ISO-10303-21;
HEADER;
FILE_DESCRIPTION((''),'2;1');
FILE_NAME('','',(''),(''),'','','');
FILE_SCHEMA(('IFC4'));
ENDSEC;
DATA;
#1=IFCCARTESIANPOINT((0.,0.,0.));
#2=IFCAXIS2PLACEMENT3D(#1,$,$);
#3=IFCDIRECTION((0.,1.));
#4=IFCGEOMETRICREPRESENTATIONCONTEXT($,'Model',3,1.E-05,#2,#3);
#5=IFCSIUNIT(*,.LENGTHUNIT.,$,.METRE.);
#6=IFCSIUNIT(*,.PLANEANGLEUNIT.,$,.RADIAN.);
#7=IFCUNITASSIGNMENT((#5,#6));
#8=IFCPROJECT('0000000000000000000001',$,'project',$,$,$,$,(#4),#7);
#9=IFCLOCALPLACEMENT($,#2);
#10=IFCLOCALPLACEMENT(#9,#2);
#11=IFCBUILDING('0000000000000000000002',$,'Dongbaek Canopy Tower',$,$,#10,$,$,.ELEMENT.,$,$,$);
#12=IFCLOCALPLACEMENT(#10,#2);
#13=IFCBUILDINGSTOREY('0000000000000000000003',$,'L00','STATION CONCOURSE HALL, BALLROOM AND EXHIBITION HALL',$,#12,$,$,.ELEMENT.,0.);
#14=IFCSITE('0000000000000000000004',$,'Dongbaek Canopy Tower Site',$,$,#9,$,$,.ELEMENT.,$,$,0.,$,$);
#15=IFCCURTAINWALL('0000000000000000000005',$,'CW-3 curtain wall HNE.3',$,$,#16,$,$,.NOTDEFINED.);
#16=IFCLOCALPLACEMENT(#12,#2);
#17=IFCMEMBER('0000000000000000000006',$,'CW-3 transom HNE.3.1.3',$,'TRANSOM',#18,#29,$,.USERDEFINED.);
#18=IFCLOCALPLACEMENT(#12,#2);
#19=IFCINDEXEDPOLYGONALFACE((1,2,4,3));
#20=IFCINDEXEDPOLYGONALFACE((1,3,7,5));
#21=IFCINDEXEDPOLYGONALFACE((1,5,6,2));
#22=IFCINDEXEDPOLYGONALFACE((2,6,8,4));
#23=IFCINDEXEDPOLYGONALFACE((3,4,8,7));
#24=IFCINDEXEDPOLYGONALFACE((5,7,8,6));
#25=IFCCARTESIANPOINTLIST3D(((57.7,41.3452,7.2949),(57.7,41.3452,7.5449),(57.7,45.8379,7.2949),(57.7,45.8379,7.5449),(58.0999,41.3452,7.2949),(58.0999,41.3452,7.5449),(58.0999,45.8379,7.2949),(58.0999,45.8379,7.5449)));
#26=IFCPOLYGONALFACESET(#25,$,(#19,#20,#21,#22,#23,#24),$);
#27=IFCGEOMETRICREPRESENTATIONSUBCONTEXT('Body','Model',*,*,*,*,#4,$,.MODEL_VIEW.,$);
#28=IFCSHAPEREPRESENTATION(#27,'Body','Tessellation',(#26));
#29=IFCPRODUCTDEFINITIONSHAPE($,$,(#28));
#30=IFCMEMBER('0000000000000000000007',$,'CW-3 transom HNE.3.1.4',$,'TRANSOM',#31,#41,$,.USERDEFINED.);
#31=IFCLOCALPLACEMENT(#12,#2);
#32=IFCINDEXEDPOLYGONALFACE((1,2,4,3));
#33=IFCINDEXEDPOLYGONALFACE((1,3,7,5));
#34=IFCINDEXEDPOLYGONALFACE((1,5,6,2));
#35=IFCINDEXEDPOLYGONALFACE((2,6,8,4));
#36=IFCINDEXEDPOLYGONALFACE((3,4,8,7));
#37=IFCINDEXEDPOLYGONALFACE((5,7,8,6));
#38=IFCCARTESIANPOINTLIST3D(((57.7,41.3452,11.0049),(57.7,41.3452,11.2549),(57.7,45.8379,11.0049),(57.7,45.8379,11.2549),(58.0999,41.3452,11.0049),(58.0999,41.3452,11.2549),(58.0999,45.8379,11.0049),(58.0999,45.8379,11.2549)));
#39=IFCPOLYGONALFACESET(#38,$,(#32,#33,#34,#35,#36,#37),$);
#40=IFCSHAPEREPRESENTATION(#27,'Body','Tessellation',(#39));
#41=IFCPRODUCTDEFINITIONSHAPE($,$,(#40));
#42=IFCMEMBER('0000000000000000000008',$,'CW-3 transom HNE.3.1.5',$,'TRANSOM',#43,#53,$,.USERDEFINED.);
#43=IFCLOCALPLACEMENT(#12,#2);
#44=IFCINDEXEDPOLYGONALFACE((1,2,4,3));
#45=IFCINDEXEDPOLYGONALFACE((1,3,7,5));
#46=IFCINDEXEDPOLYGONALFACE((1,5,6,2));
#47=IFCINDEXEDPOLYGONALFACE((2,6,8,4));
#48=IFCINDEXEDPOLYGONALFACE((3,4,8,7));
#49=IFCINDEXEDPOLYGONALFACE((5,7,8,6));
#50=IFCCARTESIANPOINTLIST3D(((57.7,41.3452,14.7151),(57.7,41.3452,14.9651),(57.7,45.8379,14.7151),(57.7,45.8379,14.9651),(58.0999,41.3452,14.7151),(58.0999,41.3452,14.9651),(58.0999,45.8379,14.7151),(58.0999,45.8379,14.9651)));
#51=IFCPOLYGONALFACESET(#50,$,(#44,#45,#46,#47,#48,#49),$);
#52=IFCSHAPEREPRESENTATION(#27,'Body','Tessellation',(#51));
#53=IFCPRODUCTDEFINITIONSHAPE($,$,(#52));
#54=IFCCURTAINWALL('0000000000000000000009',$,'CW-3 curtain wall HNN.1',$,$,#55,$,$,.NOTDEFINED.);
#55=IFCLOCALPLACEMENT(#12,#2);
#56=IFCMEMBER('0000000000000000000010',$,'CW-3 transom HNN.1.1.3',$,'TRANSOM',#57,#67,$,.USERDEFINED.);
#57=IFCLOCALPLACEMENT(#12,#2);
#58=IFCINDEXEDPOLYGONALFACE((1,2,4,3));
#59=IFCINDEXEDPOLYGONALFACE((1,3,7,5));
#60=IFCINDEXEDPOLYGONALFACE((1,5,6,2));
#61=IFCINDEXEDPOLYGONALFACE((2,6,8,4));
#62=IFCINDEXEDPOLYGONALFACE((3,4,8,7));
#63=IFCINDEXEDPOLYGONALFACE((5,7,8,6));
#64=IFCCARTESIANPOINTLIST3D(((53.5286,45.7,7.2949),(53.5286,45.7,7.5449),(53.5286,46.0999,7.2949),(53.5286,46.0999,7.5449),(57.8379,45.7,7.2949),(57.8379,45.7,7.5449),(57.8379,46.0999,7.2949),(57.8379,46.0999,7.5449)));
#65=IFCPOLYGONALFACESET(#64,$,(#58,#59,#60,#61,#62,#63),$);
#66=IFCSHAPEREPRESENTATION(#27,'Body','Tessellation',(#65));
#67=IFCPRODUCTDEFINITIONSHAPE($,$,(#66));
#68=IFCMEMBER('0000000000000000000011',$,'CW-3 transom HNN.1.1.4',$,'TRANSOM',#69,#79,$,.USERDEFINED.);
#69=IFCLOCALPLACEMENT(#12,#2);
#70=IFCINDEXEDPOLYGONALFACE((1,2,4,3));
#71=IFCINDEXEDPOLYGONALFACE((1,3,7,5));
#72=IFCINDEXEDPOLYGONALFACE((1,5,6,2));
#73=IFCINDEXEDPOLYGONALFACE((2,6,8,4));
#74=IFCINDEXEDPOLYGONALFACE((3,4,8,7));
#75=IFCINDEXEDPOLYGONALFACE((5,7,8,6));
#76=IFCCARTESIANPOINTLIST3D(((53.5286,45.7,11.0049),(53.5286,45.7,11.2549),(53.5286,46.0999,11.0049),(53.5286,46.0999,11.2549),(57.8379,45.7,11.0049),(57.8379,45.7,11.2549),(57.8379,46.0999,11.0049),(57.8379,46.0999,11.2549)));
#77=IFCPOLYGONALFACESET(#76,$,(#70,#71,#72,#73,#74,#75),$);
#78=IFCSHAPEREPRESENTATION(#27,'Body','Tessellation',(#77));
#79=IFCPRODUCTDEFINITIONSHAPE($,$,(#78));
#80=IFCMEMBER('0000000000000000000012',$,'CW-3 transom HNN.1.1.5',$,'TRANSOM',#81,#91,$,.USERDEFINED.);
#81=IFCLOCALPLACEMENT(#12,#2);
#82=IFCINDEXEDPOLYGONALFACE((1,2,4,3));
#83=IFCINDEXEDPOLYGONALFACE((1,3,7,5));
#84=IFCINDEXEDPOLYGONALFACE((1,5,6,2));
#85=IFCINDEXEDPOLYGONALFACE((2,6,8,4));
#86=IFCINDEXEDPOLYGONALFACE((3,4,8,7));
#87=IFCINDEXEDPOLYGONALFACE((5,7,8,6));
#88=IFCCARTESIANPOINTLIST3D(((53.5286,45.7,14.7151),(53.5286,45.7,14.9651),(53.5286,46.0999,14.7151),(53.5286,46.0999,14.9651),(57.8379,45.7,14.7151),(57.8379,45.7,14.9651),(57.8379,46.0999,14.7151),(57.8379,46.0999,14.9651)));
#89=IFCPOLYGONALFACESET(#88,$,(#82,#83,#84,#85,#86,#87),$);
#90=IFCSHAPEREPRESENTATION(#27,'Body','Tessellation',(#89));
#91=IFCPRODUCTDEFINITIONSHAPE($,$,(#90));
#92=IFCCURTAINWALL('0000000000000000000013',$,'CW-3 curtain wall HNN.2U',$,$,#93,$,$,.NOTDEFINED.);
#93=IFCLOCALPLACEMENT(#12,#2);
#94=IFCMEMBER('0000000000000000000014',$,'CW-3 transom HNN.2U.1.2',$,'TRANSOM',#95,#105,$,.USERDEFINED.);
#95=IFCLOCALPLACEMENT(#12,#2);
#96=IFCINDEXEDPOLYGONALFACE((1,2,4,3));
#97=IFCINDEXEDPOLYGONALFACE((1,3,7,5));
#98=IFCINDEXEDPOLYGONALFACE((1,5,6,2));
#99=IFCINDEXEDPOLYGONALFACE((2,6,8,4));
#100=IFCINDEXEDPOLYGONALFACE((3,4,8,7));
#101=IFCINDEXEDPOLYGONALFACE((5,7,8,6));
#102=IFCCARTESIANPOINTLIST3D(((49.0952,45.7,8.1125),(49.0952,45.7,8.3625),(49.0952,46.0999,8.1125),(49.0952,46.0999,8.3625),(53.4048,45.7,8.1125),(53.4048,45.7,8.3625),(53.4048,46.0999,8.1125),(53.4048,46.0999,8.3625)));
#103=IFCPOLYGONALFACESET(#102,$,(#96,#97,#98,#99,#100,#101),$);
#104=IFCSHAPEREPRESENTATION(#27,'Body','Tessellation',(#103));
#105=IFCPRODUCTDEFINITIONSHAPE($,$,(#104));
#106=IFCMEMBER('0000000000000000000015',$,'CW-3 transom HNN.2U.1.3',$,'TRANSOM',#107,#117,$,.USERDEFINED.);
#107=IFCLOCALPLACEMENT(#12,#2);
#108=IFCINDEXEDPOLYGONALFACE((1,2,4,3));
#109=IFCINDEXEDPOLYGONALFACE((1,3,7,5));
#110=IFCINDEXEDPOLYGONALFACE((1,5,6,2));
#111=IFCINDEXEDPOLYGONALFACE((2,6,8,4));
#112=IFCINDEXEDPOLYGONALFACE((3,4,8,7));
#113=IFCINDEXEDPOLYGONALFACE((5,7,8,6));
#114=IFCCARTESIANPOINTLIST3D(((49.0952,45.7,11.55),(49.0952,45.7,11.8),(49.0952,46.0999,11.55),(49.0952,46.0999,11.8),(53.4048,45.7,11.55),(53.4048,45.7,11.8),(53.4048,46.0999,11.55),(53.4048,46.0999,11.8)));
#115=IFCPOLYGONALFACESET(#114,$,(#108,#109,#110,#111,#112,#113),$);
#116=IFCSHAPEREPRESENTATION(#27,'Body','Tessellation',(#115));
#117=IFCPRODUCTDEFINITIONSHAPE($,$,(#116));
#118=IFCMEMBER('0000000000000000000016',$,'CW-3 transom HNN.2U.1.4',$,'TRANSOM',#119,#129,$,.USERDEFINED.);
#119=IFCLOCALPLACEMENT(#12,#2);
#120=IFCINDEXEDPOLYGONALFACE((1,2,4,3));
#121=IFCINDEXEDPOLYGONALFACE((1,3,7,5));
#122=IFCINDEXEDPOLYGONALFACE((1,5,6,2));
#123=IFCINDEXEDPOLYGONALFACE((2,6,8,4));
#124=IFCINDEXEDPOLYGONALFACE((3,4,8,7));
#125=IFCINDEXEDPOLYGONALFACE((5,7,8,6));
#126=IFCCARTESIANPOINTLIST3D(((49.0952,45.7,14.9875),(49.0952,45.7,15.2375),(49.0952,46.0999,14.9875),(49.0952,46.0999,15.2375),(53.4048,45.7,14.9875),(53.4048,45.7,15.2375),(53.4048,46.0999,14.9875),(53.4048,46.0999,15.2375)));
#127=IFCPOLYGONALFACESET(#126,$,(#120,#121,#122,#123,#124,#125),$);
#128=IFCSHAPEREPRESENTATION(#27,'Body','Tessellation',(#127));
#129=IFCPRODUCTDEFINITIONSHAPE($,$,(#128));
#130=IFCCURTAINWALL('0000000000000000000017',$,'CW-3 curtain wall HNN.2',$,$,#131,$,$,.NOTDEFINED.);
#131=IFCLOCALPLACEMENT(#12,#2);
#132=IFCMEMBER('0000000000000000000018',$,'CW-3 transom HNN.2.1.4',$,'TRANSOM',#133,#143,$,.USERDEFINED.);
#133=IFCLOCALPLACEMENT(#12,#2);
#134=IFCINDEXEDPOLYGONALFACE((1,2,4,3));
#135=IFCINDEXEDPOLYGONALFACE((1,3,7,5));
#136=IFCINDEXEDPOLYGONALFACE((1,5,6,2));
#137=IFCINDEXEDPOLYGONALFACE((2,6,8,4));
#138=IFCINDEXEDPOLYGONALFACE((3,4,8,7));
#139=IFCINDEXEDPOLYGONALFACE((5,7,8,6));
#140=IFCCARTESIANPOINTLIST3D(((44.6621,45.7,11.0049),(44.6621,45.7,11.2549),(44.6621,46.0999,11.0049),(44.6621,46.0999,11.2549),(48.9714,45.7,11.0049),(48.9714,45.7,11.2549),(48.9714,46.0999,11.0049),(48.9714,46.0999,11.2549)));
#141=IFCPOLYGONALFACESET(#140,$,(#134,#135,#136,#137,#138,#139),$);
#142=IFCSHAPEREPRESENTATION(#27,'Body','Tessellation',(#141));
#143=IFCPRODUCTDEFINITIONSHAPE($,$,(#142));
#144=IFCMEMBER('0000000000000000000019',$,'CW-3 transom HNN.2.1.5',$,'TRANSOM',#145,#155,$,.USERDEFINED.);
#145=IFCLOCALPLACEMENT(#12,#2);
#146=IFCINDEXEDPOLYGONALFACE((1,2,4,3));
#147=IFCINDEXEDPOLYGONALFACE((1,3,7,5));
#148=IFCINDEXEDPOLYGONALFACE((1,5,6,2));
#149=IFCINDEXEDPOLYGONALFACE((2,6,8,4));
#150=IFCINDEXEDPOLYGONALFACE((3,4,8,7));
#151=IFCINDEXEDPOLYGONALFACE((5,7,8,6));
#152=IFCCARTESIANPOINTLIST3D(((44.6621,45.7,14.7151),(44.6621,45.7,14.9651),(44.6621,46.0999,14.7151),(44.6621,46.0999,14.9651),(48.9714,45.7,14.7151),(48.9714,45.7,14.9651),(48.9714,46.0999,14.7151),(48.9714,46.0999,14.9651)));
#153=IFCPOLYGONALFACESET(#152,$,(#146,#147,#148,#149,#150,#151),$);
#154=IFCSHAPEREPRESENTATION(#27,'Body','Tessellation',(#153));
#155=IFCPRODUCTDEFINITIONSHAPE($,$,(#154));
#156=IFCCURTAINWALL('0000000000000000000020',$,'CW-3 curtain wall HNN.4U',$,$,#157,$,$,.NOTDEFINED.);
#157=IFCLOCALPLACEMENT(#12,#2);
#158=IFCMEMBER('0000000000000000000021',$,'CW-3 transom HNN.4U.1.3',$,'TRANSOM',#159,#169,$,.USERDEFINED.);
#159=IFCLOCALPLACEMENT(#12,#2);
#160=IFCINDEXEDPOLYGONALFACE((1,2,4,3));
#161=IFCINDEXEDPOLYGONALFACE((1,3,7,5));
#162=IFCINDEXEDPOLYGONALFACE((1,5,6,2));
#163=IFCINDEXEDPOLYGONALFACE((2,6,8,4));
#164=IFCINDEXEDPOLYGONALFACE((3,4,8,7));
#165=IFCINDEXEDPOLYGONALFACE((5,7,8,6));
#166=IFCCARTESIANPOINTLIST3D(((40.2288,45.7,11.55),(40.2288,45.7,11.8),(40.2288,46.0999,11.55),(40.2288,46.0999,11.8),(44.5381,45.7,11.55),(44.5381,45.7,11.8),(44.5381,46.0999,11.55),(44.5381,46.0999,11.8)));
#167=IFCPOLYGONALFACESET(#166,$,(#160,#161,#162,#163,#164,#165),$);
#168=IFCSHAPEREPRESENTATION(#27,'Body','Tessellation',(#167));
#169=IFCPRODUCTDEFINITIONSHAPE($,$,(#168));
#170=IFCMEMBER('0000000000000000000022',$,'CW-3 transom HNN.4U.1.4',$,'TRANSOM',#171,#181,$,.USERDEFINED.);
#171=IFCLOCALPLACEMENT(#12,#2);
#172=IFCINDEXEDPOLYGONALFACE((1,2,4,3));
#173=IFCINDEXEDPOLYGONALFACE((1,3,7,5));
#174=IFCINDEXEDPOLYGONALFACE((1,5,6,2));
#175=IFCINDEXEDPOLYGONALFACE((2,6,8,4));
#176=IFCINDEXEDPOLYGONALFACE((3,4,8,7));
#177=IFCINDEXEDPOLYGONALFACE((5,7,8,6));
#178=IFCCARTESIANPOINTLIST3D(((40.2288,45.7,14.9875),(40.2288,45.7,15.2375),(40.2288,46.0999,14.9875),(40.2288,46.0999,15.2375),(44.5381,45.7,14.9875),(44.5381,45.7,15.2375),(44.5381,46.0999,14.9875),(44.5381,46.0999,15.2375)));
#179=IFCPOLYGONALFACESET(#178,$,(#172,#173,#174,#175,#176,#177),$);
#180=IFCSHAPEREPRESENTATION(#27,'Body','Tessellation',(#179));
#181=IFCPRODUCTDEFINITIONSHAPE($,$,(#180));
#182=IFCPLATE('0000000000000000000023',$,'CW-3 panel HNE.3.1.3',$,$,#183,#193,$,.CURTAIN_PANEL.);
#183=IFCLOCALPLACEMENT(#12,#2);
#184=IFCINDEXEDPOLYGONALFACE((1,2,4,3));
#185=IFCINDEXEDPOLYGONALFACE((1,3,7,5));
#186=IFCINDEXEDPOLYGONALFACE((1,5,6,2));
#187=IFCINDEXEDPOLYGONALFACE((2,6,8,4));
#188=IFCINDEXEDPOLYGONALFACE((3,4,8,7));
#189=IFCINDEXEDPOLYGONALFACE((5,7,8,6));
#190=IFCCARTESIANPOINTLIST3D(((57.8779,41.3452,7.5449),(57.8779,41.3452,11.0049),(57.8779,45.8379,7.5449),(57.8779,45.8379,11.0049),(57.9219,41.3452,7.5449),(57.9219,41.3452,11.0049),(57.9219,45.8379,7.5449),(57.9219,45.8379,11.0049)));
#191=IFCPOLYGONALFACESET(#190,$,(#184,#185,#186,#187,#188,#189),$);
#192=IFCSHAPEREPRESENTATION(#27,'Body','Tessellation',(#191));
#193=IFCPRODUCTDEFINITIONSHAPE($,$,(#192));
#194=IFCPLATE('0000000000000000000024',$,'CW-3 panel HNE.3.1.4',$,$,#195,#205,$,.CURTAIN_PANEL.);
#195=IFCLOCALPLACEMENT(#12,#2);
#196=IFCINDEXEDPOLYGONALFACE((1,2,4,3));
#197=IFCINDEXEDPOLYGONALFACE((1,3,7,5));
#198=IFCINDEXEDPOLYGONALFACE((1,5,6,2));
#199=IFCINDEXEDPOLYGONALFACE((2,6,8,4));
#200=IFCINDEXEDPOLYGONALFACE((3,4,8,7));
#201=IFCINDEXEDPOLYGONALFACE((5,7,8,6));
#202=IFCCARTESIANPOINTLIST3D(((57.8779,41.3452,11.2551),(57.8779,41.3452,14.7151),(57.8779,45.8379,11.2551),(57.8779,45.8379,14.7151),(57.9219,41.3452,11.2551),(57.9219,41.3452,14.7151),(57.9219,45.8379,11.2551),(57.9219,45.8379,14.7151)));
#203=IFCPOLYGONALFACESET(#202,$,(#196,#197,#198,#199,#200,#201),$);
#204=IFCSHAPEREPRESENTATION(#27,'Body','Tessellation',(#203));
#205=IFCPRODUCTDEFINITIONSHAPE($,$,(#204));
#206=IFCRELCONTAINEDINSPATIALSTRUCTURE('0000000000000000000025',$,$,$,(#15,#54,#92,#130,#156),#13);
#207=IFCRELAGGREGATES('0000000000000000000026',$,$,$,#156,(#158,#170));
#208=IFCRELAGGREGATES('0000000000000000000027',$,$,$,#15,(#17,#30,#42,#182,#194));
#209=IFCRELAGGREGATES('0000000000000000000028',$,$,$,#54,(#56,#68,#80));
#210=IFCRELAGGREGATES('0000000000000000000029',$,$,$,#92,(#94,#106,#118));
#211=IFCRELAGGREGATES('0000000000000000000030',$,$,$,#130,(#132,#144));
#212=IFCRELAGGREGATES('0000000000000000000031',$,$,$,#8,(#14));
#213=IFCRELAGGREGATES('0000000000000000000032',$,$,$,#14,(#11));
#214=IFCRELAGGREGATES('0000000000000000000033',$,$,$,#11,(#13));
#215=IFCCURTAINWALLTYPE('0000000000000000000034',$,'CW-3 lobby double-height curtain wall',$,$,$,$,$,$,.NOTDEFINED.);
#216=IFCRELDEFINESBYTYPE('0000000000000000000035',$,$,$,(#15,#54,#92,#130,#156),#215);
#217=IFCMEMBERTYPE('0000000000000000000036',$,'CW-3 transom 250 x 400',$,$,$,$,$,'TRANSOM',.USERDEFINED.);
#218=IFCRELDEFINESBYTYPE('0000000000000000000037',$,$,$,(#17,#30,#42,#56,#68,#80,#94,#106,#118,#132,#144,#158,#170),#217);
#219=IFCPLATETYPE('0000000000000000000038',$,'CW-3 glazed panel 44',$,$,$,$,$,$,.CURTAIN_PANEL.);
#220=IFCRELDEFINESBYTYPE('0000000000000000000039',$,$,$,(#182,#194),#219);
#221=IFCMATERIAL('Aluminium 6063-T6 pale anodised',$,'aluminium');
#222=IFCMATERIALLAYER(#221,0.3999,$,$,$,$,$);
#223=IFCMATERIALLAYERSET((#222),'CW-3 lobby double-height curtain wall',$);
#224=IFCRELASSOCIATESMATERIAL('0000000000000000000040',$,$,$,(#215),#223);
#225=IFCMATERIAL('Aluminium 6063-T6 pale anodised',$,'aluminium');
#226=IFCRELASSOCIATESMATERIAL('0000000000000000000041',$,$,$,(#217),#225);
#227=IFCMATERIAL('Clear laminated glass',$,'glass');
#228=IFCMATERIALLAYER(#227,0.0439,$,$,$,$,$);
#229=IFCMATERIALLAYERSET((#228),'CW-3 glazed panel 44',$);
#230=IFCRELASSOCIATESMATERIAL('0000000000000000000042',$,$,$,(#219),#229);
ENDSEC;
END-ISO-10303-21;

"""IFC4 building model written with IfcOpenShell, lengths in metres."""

from ifc_helpers import new_model, si_unit, direction, frame, origin, origin_2d, place, context, subcontext, project, spatial, rectangle, extrude, material, layer, layer_set, material_profile, profile_set, type_object, element, aggregate, save


model = new_model("IFC4")

# Units and contexts
model_context = context("Model", 3, precision=1e-05, world=origin(), true_north=direction((0.0, 1.0)))
body_context = subcontext(model_context, "Body", "Model", "MODEL_VIEW")
ifc_project = project(units=[si_unit("LENGTHUNIT", "METRE"), si_unit("PLANEANGLEUNIT", "RADIAN")], contexts=[model_context])

# Site, building, storey
site_placement = place(None, origin())
site = spatial("IfcSite", under=ifc_project, at=site_placement, Name="Dongbaek Canopy Tower Site", CompositionType="ELEMENT", RefElevation=0.0)
building_placement = place(site_placement, origin())
building = spatial("IfcBuilding", under=site, at=building_placement, Name="Dongbaek Canopy Tower", CompositionType="ELEMENT")
storey_placement = place(building_placement, origin())
storey = spatial("IfcBuildingStorey", under=building, at=storey_placement, Name="L00", Description="STATION CONCOURSE HALL, BALLROOM AND EXHIBITION HALL", CompositionType="ELEMENT", Elevation=0.0)

# Curtain walls, members
ifc_material_1 = material(Name="Aluminium 6063-T6 pale anodised", Category="aluminium")
ifc_layer_1 = layer(ifc_material_1, 0.3999)
ifc_layer_set_1 = layer_set([ifc_layer_1], Name="CW-3 lobby double-height curtain wall")
curtain_wall_type = type_object("IfcCurtainWallType", Name="CW-3 lobby double-height curtain wall", PredefinedType="NOTDEFINED", material=ifc_layer_set_1)
curtain_wall_1_placement = place(storey_placement, origin())
curtain_wall_1 = element("IfcCurtainWall", 1, at=curtain_wall_1_placement, inside=storey, type_object=curtain_wall_type, Name="CW-3 curtain wall HNE.3", PredefinedType="NOTDEFINED")
ifc_material_2 = material(Name="Aluminium 6063-T6 pale anodised", Category="aluminium")
ifc_material_profile = material_profile(ifc_material_2, rectangle(XDim=0.3999, YDim=0.25, at=origin_2d()), Name="CW-3 transom 250 x 400")
ifc_profile_set = profile_set([ifc_material_profile], Name="Aluminium 6063-T6 pale anodised")
member_type = type_object("IfcMemberType", Name="CW-3 transom 250 x 400", ElementType="TRANSOM", PredefinedType="USERDEFINED", material=ifc_profile_set)
member_1_placement = place(storey_placement, frame((57.8999, 41.3452, 7.4199), z_axis=(0.0, 1.0, 0.0), x_axis=(-1.0, 0.0, 0.0)))
member_1 = element("IfcMember", 2, at=member_1_placement, type_object=member_type, Name="CW-3 transom HNE.3.1.3", ObjectType="TRANSOM", PredefinedType="USERDEFINED", context=body_context, shape_type="SweptSolid", body=[
    extrude(rectangle(XDim=0.3999, YDim=0.25, at=origin_2d()), origin(), (0.0, 0.0, 1.0), 4.4927),
])
member_2_placement = place(storey_placement, frame((57.8999, 41.3452, 11.1299), z_axis=(0.0, 1.0, 0.0), x_axis=(-1.0, 0.0, 0.0)))
member_2 = element("IfcMember", 3, at=member_2_placement, type_object=member_type, Name="CW-3 transom HNE.3.1.4", ObjectType="TRANSOM", PredefinedType="USERDEFINED", context=body_context, shape_type="SweptSolid", body=[
    extrude(rectangle(XDim=0.3999, YDim=0.25, at=origin_2d()), origin(), (0.0, 0.0, 1.0), 4.4927),
])
member_3_placement = place(storey_placement, frame((57.8999, 41.3452, 14.8401), z_axis=(0.0, 1.0, 0.0), x_axis=(-1.0, 0.0, 0.0)))
member_3 = element("IfcMember", 4, at=member_3_placement, type_object=member_type, Name="CW-3 transom HNE.3.1.5", ObjectType="TRANSOM", PredefinedType="USERDEFINED", context=body_context, shape_type="SweptSolid", body=[
    extrude(rectangle(XDim=0.3999, YDim=0.25, at=origin_2d()), origin(), (0.0, 0.0, 1.0), 4.4927),
])
curtain_wall_2_placement = place(storey_placement, origin())
curtain_wall_2 = element("IfcCurtainWall", 5, at=curtain_wall_2_placement, inside=storey, type_object=curtain_wall_type, Name="CW-3 curtain wall HNN.1", PredefinedType="NOTDEFINED")
member_4_placement = place(storey_placement, frame((57.8379, 45.8999, 7.4199), z_axis=(-1.0, 0.0, 0.0), x_axis=(0.0, -1.0, 0.0)))
member_4 = element("IfcMember", 6, at=member_4_placement, type_object=member_type, Name="CW-3 transom HNN.1.1.3", ObjectType="TRANSOM", PredefinedType="USERDEFINED", context=body_context, shape_type="SweptSolid", body=[
    extrude(rectangle(XDim=0.3999, YDim=0.25, at=origin_2d()), origin(), (0.0, 0.0, 1.0), 4.3093),
])
member_5_placement = place(storey_placement, frame((57.8379, 45.8999, 11.1299), z_axis=(-1.0, 0.0, 0.0), x_axis=(0.0, -1.0, 0.0)))
member_5 = element("IfcMember", 7, at=member_5_placement, type_object=member_type, Name="CW-3 transom HNN.1.1.4", ObjectType="TRANSOM", PredefinedType="USERDEFINED", context=body_context, shape_type="SweptSolid", body=[
    extrude(rectangle(XDim=0.3999, YDim=0.25, at=origin_2d()), origin(), (0.0, 0.0, 1.0), 4.3093),
])
member_6_placement = place(storey_placement, frame((57.8379, 45.8999, 14.8401), z_axis=(-1.0, 0.0, 0.0), x_axis=(0.0, -1.0, 0.0)))
member_6 = element("IfcMember", 8, at=member_6_placement, type_object=member_type, Name="CW-3 transom HNN.1.1.5", ObjectType="TRANSOM", PredefinedType="USERDEFINED", context=body_context, shape_type="SweptSolid", body=[
    extrude(rectangle(XDim=0.3999, YDim=0.25, at=origin_2d()), origin(), (0.0, 0.0, 1.0), 4.3093),
])
curtain_wall_3_placement = place(storey_placement, origin())
curtain_wall_3 = element("IfcCurtainWall", 9, at=curtain_wall_3_placement, inside=storey, type_object=curtain_wall_type, Name="CW-3 curtain wall HNN.2U", PredefinedType="NOTDEFINED")
member_7_placement = place(storey_placement, frame((53.4048, 45.8999, 8.2375), z_axis=(-1.0, 0.0, 0.0), x_axis=(0.0, -1.0, 0.0)))
member_7 = element("IfcMember", 10, at=member_7_placement, type_object=member_type, Name="CW-3 transom HNN.2U.1.2", ObjectType="TRANSOM", PredefinedType="USERDEFINED", context=body_context, shape_type="SweptSolid", body=[
    extrude(rectangle(XDim=0.3999, YDim=0.25, at=origin_2d()), origin(), (0.0, 0.0, 1.0), 4.3096),
])
member_8_placement = place(storey_placement, frame((53.4048, 45.8999, 11.675), z_axis=(-1.0, 0.0, 0.0), x_axis=(0.0, -1.0, 0.0)))
member_8 = element("IfcMember", 11, at=member_8_placement, type_object=member_type, Name="CW-3 transom HNN.2U.1.3", ObjectType="TRANSOM", PredefinedType="USERDEFINED", context=body_context, shape_type="SweptSolid", body=[
    extrude(rectangle(XDim=0.3999, YDim=0.25, at=origin_2d()), origin(), (0.0, 0.0, 1.0), 4.3096),
])
member_9_placement = place(storey_placement, frame((53.4048, 45.8999, 15.1125), z_axis=(-1.0, 0.0, 0.0), x_axis=(0.0, -1.0, 0.0)))
member_9 = element("IfcMember", 12, at=member_9_placement, type_object=member_type, Name="CW-3 transom HNN.2U.1.4", ObjectType="TRANSOM", PredefinedType="USERDEFINED", context=body_context, shape_type="SweptSolid", body=[
    extrude(rectangle(XDim=0.3999, YDim=0.25, at=origin_2d()), origin(), (0.0, 0.0, 1.0), 4.3096),
])
curtain_wall_4_placement = place(storey_placement, origin())
curtain_wall_4 = element("IfcCurtainWall", 13, at=curtain_wall_4_placement, inside=storey, type_object=curtain_wall_type, Name="CW-3 curtain wall HNN.2", PredefinedType="NOTDEFINED")
member_10_placement = place(storey_placement, frame((48.9714, 45.8999, 11.1299), z_axis=(-1.0, 0.0, 0.0), x_axis=(0.0, -1.0, 0.0)))
member_10 = element("IfcMember", 14, at=member_10_placement, type_object=member_type, Name="CW-3 transom HNN.2.1.4", ObjectType="TRANSOM", PredefinedType="USERDEFINED", context=body_context, shape_type="SweptSolid", body=[
    extrude(rectangle(XDim=0.3999, YDim=0.25, at=origin_2d()), origin(), (0.0, 0.0, 1.0), 4.3093),
])
member_11_placement = place(storey_placement, frame((48.9714, 45.8999, 14.8401), z_axis=(-1.0, 0.0, 0.0), x_axis=(0.0, -1.0, 0.0)))
member_11 = element("IfcMember", 15, at=member_11_placement, type_object=member_type, Name="CW-3 transom HNN.2.1.5", ObjectType="TRANSOM", PredefinedType="USERDEFINED", context=body_context, shape_type="SweptSolid", body=[
    extrude(rectangle(XDim=0.3999, YDim=0.25, at=origin_2d()), origin(), (0.0, 0.0, 1.0), 4.3093),
])
curtain_wall_5_placement = place(storey_placement, origin())
curtain_wall_5 = element("IfcCurtainWall", 16, at=curtain_wall_5_placement, inside=storey, type_object=curtain_wall_type, Name="CW-3 curtain wall HNN.4U", PredefinedType="NOTDEFINED")
member_12_placement = place(storey_placement, frame((44.5381, 45.8999, 11.675), z_axis=(-1.0, 0.0, 0.0), x_axis=(0.0, -1.0, 0.0)))
member_12 = element("IfcMember", 17, at=member_12_placement, type_object=member_type, Name="CW-3 transom HNN.4U.1.3", ObjectType="TRANSOM", PredefinedType="USERDEFINED", context=body_context, shape_type="SweptSolid", body=[
    extrude(rectangle(XDim=0.3999, YDim=0.25, at=origin_2d()), origin(), (0.0, 0.0, 1.0), 4.3093),
])
member_13_placement = place(storey_placement, frame((44.5381, 45.8999, 15.1125), z_axis=(-1.0, 0.0, 0.0), x_axis=(0.0, -1.0, 0.0)))
member_13 = element("IfcMember", 18, at=member_13_placement, type_object=member_type, Name="CW-3 transom HNN.4U.1.4", ObjectType="TRANSOM", PredefinedType="USERDEFINED", context=body_context, shape_type="SweptSolid", body=[
    extrude(rectangle(XDim=0.3999, YDim=0.25, at=origin_2d()), origin(), (0.0, 0.0, 1.0), 4.3093),
])
aggregate(curtain_wall_5, [member_12, member_13])

# Plates
ifc_material_3 = material(Name="Clear laminated glass", Category="glass")
ifc_layer_2 = layer(ifc_material_3, 0.0439)
ifc_layer_set_2 = layer_set([ifc_layer_2], Name="CW-3 glazed panel 44")
plate_type = type_object("IfcPlateType", Name="CW-3 glazed panel 44", PredefinedType="CURTAIN_PANEL", material=ifc_layer_set_2)
plate_1_placement = place(storey_placement, frame((57.8999, 43.5916, 7.5449), z_axis=(0.0, 0.0, 1.0), x_axis=(0.0, 1.0, 0.0)))
plate_1 = element("IfcPlate", 19, at=plate_1_placement, type_object=plate_type, Name="CW-3 panel HNE.3.1.3", PredefinedType="CURTAIN_PANEL", context=body_context, shape_type="SweptSolid", body=[
    extrude(rectangle(XDim=4.4927, YDim=0.0439, at=origin_2d()), origin(), (0.0, 0.0, 1.0), 3.46),
])
plate_2_placement = place(storey_placement, frame((57.8999, 43.5916, 11.2551), z_axis=(0.0, 0.0, 1.0), x_axis=(0.0, 1.0, 0.0)))
plate_2 = element("IfcPlate", 20, at=plate_2_placement, type_object=plate_type, Name="CW-3 panel HNE.3.1.4", PredefinedType="CURTAIN_PANEL", context=body_context, shape_type="SweptSolid", body=[
    extrude(rectangle(XDim=4.4927, YDim=0.0439, at=origin_2d()), origin(), (0.0, 0.0, 1.0), 3.46),
])
aggregate(curtain_wall_1, [member_1, member_2, member_3, plate_1, plate_2])
aggregate(curtain_wall_2, [member_4, member_5, member_6])
aggregate(curtain_wall_3, [member_7, member_8, member_9])
aggregate(curtain_wall_4, [member_10, member_11])

save(model, "model.ifc")
